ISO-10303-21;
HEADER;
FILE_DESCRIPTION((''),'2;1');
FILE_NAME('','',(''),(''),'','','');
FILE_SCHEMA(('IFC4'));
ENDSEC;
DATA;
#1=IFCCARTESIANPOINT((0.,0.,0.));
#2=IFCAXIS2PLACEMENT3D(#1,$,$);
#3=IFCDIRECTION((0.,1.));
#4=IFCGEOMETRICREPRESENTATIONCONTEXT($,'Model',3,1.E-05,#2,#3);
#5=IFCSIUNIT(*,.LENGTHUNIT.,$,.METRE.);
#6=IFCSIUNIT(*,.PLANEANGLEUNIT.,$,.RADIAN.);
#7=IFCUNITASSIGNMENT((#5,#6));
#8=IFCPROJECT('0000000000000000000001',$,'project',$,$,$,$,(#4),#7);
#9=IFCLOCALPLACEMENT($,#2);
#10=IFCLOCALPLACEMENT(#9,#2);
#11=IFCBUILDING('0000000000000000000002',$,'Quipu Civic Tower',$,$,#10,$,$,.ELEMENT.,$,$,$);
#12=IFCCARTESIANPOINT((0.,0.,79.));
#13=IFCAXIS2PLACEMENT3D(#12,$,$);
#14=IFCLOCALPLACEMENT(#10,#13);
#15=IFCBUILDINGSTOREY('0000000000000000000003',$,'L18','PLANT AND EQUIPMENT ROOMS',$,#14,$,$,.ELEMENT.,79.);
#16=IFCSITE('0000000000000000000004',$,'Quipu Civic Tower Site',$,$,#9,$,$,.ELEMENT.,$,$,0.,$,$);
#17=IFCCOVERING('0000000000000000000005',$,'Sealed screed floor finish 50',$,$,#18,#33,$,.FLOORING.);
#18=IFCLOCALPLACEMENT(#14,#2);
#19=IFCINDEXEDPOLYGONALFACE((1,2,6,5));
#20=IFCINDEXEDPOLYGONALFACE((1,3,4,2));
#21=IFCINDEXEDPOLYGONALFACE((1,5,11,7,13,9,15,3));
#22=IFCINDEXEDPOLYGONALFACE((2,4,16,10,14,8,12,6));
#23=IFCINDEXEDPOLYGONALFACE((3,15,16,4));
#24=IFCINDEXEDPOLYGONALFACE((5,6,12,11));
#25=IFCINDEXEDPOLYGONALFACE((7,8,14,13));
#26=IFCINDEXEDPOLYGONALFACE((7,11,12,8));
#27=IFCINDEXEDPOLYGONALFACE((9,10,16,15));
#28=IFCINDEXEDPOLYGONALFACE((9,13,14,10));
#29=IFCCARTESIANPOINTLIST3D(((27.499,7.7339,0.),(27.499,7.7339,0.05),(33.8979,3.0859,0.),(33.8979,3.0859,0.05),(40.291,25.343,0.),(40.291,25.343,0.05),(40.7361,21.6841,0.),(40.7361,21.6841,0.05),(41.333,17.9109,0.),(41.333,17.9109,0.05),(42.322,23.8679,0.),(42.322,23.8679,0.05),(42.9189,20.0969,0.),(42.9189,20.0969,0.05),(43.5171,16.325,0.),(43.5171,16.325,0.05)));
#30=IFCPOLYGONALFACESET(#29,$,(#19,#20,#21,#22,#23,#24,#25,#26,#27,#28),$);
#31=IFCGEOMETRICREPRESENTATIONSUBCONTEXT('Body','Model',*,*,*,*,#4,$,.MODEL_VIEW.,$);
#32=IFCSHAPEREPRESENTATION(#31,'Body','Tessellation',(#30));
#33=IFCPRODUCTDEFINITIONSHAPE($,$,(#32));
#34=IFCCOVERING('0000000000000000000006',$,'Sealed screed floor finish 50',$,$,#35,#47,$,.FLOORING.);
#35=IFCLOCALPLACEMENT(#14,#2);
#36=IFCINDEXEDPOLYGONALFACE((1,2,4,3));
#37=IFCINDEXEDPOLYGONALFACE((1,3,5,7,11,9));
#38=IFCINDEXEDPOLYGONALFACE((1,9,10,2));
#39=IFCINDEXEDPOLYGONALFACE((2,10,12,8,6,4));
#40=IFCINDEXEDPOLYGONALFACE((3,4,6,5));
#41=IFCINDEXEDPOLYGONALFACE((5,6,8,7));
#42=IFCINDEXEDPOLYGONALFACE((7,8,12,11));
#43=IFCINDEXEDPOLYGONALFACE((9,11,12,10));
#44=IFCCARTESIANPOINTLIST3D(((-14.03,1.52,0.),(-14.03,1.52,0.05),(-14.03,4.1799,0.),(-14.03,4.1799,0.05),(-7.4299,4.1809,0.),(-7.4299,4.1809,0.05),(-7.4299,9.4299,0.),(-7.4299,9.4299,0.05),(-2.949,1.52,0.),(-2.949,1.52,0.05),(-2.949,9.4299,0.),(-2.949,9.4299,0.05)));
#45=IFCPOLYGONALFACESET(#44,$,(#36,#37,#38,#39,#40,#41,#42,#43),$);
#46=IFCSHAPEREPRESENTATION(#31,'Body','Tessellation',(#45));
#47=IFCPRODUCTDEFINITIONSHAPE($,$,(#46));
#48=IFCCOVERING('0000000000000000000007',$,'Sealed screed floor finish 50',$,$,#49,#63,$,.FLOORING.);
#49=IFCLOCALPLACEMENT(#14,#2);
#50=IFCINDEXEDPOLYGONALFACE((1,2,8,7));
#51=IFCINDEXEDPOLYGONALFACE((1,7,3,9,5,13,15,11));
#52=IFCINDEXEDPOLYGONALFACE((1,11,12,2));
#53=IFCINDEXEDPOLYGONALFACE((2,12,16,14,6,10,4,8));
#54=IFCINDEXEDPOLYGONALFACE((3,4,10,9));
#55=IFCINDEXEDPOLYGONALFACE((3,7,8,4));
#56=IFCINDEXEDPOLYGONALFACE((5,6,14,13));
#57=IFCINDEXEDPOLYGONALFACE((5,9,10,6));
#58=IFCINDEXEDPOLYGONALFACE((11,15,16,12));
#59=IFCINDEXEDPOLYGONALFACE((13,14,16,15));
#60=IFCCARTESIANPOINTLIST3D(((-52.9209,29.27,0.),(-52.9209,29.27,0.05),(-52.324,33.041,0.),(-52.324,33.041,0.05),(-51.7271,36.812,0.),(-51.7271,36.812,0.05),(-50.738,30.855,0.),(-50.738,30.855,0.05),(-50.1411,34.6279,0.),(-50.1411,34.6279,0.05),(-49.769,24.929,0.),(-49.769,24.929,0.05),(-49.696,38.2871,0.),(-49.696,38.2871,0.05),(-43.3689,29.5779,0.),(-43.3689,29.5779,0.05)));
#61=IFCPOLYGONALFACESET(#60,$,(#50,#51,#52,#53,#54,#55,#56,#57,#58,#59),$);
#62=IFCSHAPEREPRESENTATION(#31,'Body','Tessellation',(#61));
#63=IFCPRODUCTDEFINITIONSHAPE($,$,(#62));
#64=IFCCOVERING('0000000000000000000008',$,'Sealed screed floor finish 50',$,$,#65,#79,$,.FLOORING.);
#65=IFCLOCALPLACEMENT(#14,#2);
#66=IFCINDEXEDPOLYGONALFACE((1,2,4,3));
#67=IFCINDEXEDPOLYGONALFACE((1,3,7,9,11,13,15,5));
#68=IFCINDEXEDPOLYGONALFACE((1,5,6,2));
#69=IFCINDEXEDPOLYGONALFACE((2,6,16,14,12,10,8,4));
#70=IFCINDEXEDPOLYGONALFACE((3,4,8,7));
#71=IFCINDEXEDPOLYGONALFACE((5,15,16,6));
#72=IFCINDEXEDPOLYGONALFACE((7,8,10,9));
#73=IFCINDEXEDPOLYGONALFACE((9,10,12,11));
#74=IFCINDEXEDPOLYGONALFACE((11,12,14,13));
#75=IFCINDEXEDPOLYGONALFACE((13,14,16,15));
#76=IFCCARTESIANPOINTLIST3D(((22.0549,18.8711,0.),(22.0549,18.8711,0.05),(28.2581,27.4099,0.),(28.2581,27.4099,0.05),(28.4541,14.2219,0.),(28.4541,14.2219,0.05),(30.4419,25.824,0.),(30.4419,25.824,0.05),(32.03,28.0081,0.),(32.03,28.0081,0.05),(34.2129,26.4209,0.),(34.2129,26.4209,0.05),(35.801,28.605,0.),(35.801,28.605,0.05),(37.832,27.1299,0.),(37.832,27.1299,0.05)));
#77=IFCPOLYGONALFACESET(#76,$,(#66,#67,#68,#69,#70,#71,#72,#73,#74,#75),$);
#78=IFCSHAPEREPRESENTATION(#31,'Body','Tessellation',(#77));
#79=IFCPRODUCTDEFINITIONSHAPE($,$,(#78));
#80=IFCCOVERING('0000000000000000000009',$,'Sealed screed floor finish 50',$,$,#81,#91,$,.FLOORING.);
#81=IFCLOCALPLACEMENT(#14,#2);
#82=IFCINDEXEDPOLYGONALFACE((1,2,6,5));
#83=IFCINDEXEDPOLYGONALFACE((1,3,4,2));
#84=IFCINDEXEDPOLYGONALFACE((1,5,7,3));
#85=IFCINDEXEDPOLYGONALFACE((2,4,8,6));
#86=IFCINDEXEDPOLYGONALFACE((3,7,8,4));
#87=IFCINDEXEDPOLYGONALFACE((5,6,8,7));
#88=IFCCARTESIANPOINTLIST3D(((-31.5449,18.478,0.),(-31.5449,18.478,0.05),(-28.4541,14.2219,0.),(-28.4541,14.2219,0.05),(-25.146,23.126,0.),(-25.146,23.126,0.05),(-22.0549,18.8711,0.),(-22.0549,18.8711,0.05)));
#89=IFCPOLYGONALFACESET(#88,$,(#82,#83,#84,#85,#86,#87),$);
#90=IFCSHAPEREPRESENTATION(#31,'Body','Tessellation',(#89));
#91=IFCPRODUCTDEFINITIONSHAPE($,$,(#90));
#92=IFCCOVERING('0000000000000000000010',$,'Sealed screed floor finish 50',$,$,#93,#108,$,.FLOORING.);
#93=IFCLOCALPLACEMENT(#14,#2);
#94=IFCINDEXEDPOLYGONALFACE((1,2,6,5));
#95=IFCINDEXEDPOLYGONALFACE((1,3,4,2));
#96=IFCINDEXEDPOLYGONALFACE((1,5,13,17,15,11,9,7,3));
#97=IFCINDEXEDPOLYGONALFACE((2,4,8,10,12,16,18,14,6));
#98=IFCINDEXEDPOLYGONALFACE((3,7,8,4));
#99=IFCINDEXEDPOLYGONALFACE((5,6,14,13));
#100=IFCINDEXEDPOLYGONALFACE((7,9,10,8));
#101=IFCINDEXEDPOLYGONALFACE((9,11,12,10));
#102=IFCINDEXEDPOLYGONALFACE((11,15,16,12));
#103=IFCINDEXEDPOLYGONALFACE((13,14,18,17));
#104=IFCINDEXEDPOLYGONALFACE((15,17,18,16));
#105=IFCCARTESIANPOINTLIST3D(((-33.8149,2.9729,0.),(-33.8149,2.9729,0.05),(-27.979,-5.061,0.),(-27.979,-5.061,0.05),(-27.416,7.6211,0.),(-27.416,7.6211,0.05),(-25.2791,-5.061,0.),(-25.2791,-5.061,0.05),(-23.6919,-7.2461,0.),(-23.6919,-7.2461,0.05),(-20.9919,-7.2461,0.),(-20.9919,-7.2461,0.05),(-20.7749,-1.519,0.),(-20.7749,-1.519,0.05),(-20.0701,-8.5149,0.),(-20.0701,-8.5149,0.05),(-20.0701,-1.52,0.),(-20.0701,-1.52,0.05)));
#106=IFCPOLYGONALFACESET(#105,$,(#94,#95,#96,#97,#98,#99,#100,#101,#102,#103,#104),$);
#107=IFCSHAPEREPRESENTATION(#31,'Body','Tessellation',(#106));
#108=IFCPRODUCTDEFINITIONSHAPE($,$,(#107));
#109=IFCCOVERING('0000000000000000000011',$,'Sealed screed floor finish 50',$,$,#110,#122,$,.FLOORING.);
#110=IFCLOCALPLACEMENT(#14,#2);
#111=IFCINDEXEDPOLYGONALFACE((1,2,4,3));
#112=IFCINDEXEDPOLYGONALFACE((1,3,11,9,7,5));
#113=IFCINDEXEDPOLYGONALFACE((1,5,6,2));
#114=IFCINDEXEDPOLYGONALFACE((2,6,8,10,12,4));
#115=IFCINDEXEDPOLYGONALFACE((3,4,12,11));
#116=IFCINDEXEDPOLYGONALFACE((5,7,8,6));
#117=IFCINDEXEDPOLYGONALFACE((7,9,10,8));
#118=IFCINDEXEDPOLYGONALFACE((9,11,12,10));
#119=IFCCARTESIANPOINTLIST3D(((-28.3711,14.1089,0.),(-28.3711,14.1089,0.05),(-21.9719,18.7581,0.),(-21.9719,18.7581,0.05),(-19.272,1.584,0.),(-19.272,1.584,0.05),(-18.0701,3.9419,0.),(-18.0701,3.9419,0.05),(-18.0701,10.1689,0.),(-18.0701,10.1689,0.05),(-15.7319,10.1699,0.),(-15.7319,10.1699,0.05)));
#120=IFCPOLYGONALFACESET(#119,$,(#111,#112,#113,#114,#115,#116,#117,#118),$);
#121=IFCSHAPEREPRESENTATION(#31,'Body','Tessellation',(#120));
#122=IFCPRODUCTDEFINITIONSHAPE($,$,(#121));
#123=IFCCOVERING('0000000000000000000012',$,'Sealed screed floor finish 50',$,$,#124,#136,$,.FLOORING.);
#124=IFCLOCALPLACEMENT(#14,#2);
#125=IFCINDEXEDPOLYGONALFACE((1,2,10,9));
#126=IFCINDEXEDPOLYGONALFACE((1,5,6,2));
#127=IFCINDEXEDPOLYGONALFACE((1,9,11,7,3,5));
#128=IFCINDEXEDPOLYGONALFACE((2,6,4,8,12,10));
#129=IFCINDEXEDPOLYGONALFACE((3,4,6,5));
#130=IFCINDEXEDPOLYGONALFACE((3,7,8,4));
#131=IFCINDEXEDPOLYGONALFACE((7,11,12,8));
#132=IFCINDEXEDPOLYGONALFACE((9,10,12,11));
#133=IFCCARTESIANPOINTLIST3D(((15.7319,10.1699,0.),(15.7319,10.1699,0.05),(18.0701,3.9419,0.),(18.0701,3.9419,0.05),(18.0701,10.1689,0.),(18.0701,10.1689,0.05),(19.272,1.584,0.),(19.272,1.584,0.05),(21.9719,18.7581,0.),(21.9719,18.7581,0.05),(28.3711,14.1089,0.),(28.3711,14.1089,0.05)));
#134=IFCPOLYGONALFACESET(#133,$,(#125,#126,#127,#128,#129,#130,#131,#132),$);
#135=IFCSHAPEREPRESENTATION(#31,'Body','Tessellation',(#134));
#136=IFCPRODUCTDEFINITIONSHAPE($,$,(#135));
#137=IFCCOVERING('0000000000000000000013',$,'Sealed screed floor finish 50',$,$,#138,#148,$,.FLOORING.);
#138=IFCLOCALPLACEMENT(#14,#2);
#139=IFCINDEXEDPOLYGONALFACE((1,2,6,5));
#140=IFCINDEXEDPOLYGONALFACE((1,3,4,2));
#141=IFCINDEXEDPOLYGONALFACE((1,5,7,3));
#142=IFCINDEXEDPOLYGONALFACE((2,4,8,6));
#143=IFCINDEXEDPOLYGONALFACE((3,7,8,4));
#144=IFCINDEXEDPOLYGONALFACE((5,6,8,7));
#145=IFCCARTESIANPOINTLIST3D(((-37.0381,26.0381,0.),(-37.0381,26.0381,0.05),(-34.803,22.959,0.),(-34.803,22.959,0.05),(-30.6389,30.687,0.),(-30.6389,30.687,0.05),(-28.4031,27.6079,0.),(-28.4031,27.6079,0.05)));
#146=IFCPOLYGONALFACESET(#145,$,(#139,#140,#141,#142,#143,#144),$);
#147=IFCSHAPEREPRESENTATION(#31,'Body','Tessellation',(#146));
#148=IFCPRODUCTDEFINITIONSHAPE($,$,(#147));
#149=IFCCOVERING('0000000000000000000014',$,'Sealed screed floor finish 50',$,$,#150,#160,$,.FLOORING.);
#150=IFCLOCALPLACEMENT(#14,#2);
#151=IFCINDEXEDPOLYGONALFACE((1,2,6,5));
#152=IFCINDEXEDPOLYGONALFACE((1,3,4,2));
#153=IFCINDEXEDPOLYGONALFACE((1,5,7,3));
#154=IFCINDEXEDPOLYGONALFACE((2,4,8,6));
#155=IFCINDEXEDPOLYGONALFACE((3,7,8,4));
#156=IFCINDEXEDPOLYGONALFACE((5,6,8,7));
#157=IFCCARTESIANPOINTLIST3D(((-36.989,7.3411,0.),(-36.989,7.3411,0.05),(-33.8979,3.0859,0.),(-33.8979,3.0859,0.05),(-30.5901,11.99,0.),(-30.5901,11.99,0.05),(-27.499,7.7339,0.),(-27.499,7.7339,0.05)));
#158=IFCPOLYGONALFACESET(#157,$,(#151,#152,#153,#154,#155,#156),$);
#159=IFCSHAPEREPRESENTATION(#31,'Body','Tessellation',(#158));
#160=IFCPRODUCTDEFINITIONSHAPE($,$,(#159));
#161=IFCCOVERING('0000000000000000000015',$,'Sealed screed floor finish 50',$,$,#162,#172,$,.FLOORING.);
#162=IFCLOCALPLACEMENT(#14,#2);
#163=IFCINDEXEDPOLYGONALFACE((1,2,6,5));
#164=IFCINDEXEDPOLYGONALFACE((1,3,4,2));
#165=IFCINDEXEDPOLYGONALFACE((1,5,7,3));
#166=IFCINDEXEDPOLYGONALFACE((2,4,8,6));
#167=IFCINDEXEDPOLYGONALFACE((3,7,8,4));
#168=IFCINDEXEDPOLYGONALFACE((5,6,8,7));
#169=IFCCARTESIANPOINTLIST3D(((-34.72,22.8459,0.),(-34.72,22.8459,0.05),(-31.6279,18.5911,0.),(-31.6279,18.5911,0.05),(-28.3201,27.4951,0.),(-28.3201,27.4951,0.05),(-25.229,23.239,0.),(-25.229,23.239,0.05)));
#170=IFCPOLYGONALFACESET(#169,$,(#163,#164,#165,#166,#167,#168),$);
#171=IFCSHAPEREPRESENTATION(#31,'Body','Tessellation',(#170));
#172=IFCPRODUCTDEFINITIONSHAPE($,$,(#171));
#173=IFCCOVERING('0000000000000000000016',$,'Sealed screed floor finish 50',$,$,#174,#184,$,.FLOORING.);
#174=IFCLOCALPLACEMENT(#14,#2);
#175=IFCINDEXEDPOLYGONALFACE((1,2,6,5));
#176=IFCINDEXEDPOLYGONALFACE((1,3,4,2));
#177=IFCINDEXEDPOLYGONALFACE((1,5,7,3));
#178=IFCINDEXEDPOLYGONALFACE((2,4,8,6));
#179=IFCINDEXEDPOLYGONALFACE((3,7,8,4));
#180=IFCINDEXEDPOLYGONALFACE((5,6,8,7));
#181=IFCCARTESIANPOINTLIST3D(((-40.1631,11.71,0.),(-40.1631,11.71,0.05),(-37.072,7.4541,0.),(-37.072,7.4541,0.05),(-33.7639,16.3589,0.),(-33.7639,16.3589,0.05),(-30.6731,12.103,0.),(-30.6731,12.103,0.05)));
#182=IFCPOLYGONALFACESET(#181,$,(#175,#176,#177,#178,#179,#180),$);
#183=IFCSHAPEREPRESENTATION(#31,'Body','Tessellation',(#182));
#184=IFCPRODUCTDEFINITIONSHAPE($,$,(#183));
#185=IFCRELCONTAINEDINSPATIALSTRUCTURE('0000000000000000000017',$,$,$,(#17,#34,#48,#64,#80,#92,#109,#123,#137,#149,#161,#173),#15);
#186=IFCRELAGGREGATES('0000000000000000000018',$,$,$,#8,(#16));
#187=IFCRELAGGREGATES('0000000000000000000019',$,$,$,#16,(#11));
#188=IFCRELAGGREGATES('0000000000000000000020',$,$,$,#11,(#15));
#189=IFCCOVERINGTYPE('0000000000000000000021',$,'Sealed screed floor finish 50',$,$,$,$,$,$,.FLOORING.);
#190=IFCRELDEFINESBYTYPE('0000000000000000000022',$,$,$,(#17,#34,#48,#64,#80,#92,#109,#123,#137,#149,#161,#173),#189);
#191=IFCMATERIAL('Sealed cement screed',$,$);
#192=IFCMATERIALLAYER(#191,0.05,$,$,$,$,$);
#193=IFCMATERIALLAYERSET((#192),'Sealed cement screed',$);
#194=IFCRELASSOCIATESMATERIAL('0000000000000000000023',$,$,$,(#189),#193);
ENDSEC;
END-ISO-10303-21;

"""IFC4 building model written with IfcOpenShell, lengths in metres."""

from ifc_helpers import new_model, si_unit, direction, frame, origin, place, context, subcontext, project, spatial, polyline, outline, extrude, material, layer, layer_set, type_object, element, save


model = new_model("IFC4")

# Units and contexts
model_context = context("Model", 3, precision=1e-05, world=origin(), true_north=direction((0.0, 1.0)))
body_context = subcontext(model_context, "Body", "Model", "MODEL_VIEW")
ifc_project = project(units=[si_unit("LENGTHUNIT", "METRE"), si_unit("PLANEANGLEUNIT", "RADIAN")], contexts=[model_context])

# Site, building, storey
site_placement = place(None, origin())
site = spatial("IfcSite", under=ifc_project, at=site_placement, Name="Quipu Civic Tower Site", CompositionType="ELEMENT", RefElevation=0.0)
building_placement = place(site_placement, origin())
building = spatial("IfcBuilding", under=site, at=building_placement, Name="Quipu Civic Tower", CompositionType="ELEMENT")
storey_placement = place(building_placement, frame((0.0, 0.0, 79.0)))
storey = spatial("IfcBuildingStorey", under=building, at=storey_placement, Name="L18", Description="PLANT AND EQUIPMENT ROOMS", CompositionType="ELEMENT", Elevation=79.0)

# Coverings
ifc_material_1 = material(Name="Sealed cement screed")
ifc_layer_1 = layer(ifc_material_1, 0.05)
ifc_layer_set_1 = layer_set([ifc_layer_1], Name="Sealed cement screed")
covering_type = type_object("IfcCoveringType", Name="Sealed screed floor finish 50", PredefinedType="FLOORING", material=ifc_layer_set_1)
covering_1_placement = place(storey_placement, origin())
element("IfcCovering", 1, at=covering_1_placement, inside=storey, type_object=covering_type, Name="Sealed screed floor finish 50", PredefinedType="FLOORING", context=body_context, shape_type="SweptSolid", body=[
    extrude(outline(polyline([(27.499, 7.7339), (40.291, 25.343), (42.322, 23.8679), (40.7361, 21.6841), (42.9189, 20.0969), (41.333, 17.9109), (43.5171, 16.325), (33.8979, 3.0859), (27.499, 7.7339)])), origin(), (0.0, 0.0, 1.0), 0.05),
])
covering_2_placement = place(storey_placement, origin())
element("IfcCovering", 2, at=covering_2_placement, inside=storey, type_object=covering_type, Name="Sealed screed floor finish 50", PredefinedType="FLOORING", context=body_context, shape_type="SweptSolid", body=[
    extrude(outline(polyline([(-14.03, 1.52), (-14.03, 4.1799), (-7.4299, 4.1809), (-7.4299, 9.4299), (-2.949, 9.4299), (-2.949, 1.52), (-14.03, 1.52)])), origin(), (0.0, 0.0, 1.0), 0.05),
])
covering_3_placement = place(storey_placement, origin())
element("IfcCovering", 3, at=covering_3_placement, inside=storey, type_object=covering_type, Name="Sealed screed floor finish 50", PredefinedType="FLOORING", context=body_context, shape_type="SweptSolid", body=[
    extrude(outline(polyline([(-52.9209, 29.27), (-50.738, 30.855), (-52.324, 33.041), (-50.1411, 34.6279), (-51.7271, 36.812), (-49.696, 38.2871), (-43.3689, 29.5779), (-49.769, 24.929), (-52.9209, 29.27)])), origin(), (0.0, 0.0, 1.0), 0.05),
])
covering_4_placement = place(storey_placement, origin())
element("IfcCovering", 4, at=covering_4_placement, inside=storey, type_object=covering_type, Name="Sealed screed floor finish 50", PredefinedType="FLOORING", context=body_context, shape_type="SweptSolid", body=[
    extrude(outline(polyline([(22.0549, 18.8711), (28.2581, 27.4099), (30.4419, 25.824), (32.03, 28.0081), (34.2129, 26.4209), (35.801, 28.605), (37.832, 27.1299), (28.4541, 14.2219), (22.0549, 18.8711)])), origin(), (0.0, 0.0, 1.0), 0.05),
])
covering_5_placement = place(storey_placement, origin())
element("IfcCovering", 5, at=covering_5_placement, inside=storey, type_object=covering_type, Name="Sealed screed floor finish 50", PredefinedType="FLOORING", context=body_context, shape_type="SweptSolid", body=[
    extrude(outline(polyline([(-31.5449, 18.478), (-25.146, 23.126), (-22.0549, 18.8711), (-28.4541, 14.2219), (-31.5449, 18.478)])), origin(), (0.0, 0.0, 1.0), 0.05),
])
covering_6_placement = place(storey_placement, origin())
element("IfcCovering", 6, at=covering_6_placement, inside=storey, type_object=covering_type, Name="Sealed screed floor finish 50", PredefinedType="FLOORING", context=body_context, shape_type="SweptSolid", body=[
    extrude(outline(polyline([(-33.8149, 2.9729), (-27.416, 7.6211), (-20.7749, -1.519), (-20.0701, -1.52), (-20.0701, -8.5149), (-20.9919, -7.2461), (-23.6919, -7.2461), (-25.2791, -5.061), (-27.979, -5.061), (-33.8149, 2.9729)])), origin(), (0.0, 0.0, 1.0), 0.05),
])
covering_7_placement = place(storey_placement, origin())
element("IfcCovering", 7, at=covering_7_placement, inside=storey, type_object=covering_type, Name="Sealed screed floor finish 50", PredefinedType="FLOORING", context=body_context, shape_type="SweptSolid", body=[
    extrude(outline(polyline([(-28.3711, 14.1089), (-21.9719, 18.7581), (-15.7319, 10.1699), (-18.0701, 10.1689), (-18.0701, 3.9419), (-19.272, 1.584), (-28.3711, 14.1089)])), origin(), (0.0, 0.0, 1.0), 0.05),
])
covering_8_placement = place(storey_placement, origin())
element("IfcCovering", 8, at=covering_8_placement, inside=storey, type_object=covering_type, Name="Sealed screed floor finish 50", PredefinedType="FLOORING", context=body_context, shape_type="SweptSolid", body=[
    extrude(outline(polyline([(15.7319, 10.1699), (21.9719, 18.7581), (28.3711, 14.1089), (19.272, 1.584), (18.0701, 3.9419), (18.0701, 10.1689), (15.7319, 10.1699)])), origin(), (0.0, 0.0, 1.0), 0.05),
])
covering_9_placement = place(storey_placement, origin())
element("IfcCovering", 9, at=covering_9_placement, inside=storey, type_object=covering_type, Name="Sealed screed floor finish 50", PredefinedType="FLOORING", context=body_context, shape_type="SweptSolid", body=[
    extrude(outline(polyline([(-37.0381, 26.0381), (-30.6389, 30.687), (-28.4031, 27.6079), (-34.803, 22.959), (-37.0381, 26.0381)])), origin(), (0.0, 0.0, 1.0), 0.05),
])
covering_10_placement = place(storey_placement, origin())
element("IfcCovering", 10, at=covering_10_placement, inside=storey, type_object=covering_type, Name="Sealed screed floor finish 50", PredefinedType="FLOORING", context=body_context, shape_type="SweptSolid", body=[
    extrude(outline(polyline([(-36.989, 7.3411), (-30.5901, 11.99), (-27.499, 7.7339), (-33.8979, 3.0859), (-36.989, 7.3411)])), origin(), (0.0, 0.0, 1.0), 0.05),
])
covering_11_placement = place(storey_placement, origin())
element("IfcCovering", 11, at=covering_11_placement, inside=storey, type_object=covering_type, Name="Sealed screed floor finish 50", PredefinedType="FLOORING", context=body_context, shape_type="SweptSolid", body=[
    extrude(outline(polyline([(-34.72, 22.8459), (-28.3201, 27.4951), (-25.229, 23.239), (-31.6279, 18.5911), (-34.72, 22.8459)])), origin(), (0.0, 0.0, 1.0), 0.05),
])
covering_12_placement = place(storey_placement, origin())
element("IfcCovering", 12, at=covering_12_placement, inside=storey, type_object=covering_type, Name="Sealed screed floor finish 50", PredefinedType="FLOORING", context=body_context, shape_type="SweptSolid", body=[
    extrude(outline(polyline([(-40.1631, 11.71), (-33.7639, 16.3589), (-30.6731, 12.103), (-37.072, 7.4541), (-40.1631, 11.71)])), origin(), (0.0, 0.0, 1.0), 0.05),
])

save(model, "model.ifc")
